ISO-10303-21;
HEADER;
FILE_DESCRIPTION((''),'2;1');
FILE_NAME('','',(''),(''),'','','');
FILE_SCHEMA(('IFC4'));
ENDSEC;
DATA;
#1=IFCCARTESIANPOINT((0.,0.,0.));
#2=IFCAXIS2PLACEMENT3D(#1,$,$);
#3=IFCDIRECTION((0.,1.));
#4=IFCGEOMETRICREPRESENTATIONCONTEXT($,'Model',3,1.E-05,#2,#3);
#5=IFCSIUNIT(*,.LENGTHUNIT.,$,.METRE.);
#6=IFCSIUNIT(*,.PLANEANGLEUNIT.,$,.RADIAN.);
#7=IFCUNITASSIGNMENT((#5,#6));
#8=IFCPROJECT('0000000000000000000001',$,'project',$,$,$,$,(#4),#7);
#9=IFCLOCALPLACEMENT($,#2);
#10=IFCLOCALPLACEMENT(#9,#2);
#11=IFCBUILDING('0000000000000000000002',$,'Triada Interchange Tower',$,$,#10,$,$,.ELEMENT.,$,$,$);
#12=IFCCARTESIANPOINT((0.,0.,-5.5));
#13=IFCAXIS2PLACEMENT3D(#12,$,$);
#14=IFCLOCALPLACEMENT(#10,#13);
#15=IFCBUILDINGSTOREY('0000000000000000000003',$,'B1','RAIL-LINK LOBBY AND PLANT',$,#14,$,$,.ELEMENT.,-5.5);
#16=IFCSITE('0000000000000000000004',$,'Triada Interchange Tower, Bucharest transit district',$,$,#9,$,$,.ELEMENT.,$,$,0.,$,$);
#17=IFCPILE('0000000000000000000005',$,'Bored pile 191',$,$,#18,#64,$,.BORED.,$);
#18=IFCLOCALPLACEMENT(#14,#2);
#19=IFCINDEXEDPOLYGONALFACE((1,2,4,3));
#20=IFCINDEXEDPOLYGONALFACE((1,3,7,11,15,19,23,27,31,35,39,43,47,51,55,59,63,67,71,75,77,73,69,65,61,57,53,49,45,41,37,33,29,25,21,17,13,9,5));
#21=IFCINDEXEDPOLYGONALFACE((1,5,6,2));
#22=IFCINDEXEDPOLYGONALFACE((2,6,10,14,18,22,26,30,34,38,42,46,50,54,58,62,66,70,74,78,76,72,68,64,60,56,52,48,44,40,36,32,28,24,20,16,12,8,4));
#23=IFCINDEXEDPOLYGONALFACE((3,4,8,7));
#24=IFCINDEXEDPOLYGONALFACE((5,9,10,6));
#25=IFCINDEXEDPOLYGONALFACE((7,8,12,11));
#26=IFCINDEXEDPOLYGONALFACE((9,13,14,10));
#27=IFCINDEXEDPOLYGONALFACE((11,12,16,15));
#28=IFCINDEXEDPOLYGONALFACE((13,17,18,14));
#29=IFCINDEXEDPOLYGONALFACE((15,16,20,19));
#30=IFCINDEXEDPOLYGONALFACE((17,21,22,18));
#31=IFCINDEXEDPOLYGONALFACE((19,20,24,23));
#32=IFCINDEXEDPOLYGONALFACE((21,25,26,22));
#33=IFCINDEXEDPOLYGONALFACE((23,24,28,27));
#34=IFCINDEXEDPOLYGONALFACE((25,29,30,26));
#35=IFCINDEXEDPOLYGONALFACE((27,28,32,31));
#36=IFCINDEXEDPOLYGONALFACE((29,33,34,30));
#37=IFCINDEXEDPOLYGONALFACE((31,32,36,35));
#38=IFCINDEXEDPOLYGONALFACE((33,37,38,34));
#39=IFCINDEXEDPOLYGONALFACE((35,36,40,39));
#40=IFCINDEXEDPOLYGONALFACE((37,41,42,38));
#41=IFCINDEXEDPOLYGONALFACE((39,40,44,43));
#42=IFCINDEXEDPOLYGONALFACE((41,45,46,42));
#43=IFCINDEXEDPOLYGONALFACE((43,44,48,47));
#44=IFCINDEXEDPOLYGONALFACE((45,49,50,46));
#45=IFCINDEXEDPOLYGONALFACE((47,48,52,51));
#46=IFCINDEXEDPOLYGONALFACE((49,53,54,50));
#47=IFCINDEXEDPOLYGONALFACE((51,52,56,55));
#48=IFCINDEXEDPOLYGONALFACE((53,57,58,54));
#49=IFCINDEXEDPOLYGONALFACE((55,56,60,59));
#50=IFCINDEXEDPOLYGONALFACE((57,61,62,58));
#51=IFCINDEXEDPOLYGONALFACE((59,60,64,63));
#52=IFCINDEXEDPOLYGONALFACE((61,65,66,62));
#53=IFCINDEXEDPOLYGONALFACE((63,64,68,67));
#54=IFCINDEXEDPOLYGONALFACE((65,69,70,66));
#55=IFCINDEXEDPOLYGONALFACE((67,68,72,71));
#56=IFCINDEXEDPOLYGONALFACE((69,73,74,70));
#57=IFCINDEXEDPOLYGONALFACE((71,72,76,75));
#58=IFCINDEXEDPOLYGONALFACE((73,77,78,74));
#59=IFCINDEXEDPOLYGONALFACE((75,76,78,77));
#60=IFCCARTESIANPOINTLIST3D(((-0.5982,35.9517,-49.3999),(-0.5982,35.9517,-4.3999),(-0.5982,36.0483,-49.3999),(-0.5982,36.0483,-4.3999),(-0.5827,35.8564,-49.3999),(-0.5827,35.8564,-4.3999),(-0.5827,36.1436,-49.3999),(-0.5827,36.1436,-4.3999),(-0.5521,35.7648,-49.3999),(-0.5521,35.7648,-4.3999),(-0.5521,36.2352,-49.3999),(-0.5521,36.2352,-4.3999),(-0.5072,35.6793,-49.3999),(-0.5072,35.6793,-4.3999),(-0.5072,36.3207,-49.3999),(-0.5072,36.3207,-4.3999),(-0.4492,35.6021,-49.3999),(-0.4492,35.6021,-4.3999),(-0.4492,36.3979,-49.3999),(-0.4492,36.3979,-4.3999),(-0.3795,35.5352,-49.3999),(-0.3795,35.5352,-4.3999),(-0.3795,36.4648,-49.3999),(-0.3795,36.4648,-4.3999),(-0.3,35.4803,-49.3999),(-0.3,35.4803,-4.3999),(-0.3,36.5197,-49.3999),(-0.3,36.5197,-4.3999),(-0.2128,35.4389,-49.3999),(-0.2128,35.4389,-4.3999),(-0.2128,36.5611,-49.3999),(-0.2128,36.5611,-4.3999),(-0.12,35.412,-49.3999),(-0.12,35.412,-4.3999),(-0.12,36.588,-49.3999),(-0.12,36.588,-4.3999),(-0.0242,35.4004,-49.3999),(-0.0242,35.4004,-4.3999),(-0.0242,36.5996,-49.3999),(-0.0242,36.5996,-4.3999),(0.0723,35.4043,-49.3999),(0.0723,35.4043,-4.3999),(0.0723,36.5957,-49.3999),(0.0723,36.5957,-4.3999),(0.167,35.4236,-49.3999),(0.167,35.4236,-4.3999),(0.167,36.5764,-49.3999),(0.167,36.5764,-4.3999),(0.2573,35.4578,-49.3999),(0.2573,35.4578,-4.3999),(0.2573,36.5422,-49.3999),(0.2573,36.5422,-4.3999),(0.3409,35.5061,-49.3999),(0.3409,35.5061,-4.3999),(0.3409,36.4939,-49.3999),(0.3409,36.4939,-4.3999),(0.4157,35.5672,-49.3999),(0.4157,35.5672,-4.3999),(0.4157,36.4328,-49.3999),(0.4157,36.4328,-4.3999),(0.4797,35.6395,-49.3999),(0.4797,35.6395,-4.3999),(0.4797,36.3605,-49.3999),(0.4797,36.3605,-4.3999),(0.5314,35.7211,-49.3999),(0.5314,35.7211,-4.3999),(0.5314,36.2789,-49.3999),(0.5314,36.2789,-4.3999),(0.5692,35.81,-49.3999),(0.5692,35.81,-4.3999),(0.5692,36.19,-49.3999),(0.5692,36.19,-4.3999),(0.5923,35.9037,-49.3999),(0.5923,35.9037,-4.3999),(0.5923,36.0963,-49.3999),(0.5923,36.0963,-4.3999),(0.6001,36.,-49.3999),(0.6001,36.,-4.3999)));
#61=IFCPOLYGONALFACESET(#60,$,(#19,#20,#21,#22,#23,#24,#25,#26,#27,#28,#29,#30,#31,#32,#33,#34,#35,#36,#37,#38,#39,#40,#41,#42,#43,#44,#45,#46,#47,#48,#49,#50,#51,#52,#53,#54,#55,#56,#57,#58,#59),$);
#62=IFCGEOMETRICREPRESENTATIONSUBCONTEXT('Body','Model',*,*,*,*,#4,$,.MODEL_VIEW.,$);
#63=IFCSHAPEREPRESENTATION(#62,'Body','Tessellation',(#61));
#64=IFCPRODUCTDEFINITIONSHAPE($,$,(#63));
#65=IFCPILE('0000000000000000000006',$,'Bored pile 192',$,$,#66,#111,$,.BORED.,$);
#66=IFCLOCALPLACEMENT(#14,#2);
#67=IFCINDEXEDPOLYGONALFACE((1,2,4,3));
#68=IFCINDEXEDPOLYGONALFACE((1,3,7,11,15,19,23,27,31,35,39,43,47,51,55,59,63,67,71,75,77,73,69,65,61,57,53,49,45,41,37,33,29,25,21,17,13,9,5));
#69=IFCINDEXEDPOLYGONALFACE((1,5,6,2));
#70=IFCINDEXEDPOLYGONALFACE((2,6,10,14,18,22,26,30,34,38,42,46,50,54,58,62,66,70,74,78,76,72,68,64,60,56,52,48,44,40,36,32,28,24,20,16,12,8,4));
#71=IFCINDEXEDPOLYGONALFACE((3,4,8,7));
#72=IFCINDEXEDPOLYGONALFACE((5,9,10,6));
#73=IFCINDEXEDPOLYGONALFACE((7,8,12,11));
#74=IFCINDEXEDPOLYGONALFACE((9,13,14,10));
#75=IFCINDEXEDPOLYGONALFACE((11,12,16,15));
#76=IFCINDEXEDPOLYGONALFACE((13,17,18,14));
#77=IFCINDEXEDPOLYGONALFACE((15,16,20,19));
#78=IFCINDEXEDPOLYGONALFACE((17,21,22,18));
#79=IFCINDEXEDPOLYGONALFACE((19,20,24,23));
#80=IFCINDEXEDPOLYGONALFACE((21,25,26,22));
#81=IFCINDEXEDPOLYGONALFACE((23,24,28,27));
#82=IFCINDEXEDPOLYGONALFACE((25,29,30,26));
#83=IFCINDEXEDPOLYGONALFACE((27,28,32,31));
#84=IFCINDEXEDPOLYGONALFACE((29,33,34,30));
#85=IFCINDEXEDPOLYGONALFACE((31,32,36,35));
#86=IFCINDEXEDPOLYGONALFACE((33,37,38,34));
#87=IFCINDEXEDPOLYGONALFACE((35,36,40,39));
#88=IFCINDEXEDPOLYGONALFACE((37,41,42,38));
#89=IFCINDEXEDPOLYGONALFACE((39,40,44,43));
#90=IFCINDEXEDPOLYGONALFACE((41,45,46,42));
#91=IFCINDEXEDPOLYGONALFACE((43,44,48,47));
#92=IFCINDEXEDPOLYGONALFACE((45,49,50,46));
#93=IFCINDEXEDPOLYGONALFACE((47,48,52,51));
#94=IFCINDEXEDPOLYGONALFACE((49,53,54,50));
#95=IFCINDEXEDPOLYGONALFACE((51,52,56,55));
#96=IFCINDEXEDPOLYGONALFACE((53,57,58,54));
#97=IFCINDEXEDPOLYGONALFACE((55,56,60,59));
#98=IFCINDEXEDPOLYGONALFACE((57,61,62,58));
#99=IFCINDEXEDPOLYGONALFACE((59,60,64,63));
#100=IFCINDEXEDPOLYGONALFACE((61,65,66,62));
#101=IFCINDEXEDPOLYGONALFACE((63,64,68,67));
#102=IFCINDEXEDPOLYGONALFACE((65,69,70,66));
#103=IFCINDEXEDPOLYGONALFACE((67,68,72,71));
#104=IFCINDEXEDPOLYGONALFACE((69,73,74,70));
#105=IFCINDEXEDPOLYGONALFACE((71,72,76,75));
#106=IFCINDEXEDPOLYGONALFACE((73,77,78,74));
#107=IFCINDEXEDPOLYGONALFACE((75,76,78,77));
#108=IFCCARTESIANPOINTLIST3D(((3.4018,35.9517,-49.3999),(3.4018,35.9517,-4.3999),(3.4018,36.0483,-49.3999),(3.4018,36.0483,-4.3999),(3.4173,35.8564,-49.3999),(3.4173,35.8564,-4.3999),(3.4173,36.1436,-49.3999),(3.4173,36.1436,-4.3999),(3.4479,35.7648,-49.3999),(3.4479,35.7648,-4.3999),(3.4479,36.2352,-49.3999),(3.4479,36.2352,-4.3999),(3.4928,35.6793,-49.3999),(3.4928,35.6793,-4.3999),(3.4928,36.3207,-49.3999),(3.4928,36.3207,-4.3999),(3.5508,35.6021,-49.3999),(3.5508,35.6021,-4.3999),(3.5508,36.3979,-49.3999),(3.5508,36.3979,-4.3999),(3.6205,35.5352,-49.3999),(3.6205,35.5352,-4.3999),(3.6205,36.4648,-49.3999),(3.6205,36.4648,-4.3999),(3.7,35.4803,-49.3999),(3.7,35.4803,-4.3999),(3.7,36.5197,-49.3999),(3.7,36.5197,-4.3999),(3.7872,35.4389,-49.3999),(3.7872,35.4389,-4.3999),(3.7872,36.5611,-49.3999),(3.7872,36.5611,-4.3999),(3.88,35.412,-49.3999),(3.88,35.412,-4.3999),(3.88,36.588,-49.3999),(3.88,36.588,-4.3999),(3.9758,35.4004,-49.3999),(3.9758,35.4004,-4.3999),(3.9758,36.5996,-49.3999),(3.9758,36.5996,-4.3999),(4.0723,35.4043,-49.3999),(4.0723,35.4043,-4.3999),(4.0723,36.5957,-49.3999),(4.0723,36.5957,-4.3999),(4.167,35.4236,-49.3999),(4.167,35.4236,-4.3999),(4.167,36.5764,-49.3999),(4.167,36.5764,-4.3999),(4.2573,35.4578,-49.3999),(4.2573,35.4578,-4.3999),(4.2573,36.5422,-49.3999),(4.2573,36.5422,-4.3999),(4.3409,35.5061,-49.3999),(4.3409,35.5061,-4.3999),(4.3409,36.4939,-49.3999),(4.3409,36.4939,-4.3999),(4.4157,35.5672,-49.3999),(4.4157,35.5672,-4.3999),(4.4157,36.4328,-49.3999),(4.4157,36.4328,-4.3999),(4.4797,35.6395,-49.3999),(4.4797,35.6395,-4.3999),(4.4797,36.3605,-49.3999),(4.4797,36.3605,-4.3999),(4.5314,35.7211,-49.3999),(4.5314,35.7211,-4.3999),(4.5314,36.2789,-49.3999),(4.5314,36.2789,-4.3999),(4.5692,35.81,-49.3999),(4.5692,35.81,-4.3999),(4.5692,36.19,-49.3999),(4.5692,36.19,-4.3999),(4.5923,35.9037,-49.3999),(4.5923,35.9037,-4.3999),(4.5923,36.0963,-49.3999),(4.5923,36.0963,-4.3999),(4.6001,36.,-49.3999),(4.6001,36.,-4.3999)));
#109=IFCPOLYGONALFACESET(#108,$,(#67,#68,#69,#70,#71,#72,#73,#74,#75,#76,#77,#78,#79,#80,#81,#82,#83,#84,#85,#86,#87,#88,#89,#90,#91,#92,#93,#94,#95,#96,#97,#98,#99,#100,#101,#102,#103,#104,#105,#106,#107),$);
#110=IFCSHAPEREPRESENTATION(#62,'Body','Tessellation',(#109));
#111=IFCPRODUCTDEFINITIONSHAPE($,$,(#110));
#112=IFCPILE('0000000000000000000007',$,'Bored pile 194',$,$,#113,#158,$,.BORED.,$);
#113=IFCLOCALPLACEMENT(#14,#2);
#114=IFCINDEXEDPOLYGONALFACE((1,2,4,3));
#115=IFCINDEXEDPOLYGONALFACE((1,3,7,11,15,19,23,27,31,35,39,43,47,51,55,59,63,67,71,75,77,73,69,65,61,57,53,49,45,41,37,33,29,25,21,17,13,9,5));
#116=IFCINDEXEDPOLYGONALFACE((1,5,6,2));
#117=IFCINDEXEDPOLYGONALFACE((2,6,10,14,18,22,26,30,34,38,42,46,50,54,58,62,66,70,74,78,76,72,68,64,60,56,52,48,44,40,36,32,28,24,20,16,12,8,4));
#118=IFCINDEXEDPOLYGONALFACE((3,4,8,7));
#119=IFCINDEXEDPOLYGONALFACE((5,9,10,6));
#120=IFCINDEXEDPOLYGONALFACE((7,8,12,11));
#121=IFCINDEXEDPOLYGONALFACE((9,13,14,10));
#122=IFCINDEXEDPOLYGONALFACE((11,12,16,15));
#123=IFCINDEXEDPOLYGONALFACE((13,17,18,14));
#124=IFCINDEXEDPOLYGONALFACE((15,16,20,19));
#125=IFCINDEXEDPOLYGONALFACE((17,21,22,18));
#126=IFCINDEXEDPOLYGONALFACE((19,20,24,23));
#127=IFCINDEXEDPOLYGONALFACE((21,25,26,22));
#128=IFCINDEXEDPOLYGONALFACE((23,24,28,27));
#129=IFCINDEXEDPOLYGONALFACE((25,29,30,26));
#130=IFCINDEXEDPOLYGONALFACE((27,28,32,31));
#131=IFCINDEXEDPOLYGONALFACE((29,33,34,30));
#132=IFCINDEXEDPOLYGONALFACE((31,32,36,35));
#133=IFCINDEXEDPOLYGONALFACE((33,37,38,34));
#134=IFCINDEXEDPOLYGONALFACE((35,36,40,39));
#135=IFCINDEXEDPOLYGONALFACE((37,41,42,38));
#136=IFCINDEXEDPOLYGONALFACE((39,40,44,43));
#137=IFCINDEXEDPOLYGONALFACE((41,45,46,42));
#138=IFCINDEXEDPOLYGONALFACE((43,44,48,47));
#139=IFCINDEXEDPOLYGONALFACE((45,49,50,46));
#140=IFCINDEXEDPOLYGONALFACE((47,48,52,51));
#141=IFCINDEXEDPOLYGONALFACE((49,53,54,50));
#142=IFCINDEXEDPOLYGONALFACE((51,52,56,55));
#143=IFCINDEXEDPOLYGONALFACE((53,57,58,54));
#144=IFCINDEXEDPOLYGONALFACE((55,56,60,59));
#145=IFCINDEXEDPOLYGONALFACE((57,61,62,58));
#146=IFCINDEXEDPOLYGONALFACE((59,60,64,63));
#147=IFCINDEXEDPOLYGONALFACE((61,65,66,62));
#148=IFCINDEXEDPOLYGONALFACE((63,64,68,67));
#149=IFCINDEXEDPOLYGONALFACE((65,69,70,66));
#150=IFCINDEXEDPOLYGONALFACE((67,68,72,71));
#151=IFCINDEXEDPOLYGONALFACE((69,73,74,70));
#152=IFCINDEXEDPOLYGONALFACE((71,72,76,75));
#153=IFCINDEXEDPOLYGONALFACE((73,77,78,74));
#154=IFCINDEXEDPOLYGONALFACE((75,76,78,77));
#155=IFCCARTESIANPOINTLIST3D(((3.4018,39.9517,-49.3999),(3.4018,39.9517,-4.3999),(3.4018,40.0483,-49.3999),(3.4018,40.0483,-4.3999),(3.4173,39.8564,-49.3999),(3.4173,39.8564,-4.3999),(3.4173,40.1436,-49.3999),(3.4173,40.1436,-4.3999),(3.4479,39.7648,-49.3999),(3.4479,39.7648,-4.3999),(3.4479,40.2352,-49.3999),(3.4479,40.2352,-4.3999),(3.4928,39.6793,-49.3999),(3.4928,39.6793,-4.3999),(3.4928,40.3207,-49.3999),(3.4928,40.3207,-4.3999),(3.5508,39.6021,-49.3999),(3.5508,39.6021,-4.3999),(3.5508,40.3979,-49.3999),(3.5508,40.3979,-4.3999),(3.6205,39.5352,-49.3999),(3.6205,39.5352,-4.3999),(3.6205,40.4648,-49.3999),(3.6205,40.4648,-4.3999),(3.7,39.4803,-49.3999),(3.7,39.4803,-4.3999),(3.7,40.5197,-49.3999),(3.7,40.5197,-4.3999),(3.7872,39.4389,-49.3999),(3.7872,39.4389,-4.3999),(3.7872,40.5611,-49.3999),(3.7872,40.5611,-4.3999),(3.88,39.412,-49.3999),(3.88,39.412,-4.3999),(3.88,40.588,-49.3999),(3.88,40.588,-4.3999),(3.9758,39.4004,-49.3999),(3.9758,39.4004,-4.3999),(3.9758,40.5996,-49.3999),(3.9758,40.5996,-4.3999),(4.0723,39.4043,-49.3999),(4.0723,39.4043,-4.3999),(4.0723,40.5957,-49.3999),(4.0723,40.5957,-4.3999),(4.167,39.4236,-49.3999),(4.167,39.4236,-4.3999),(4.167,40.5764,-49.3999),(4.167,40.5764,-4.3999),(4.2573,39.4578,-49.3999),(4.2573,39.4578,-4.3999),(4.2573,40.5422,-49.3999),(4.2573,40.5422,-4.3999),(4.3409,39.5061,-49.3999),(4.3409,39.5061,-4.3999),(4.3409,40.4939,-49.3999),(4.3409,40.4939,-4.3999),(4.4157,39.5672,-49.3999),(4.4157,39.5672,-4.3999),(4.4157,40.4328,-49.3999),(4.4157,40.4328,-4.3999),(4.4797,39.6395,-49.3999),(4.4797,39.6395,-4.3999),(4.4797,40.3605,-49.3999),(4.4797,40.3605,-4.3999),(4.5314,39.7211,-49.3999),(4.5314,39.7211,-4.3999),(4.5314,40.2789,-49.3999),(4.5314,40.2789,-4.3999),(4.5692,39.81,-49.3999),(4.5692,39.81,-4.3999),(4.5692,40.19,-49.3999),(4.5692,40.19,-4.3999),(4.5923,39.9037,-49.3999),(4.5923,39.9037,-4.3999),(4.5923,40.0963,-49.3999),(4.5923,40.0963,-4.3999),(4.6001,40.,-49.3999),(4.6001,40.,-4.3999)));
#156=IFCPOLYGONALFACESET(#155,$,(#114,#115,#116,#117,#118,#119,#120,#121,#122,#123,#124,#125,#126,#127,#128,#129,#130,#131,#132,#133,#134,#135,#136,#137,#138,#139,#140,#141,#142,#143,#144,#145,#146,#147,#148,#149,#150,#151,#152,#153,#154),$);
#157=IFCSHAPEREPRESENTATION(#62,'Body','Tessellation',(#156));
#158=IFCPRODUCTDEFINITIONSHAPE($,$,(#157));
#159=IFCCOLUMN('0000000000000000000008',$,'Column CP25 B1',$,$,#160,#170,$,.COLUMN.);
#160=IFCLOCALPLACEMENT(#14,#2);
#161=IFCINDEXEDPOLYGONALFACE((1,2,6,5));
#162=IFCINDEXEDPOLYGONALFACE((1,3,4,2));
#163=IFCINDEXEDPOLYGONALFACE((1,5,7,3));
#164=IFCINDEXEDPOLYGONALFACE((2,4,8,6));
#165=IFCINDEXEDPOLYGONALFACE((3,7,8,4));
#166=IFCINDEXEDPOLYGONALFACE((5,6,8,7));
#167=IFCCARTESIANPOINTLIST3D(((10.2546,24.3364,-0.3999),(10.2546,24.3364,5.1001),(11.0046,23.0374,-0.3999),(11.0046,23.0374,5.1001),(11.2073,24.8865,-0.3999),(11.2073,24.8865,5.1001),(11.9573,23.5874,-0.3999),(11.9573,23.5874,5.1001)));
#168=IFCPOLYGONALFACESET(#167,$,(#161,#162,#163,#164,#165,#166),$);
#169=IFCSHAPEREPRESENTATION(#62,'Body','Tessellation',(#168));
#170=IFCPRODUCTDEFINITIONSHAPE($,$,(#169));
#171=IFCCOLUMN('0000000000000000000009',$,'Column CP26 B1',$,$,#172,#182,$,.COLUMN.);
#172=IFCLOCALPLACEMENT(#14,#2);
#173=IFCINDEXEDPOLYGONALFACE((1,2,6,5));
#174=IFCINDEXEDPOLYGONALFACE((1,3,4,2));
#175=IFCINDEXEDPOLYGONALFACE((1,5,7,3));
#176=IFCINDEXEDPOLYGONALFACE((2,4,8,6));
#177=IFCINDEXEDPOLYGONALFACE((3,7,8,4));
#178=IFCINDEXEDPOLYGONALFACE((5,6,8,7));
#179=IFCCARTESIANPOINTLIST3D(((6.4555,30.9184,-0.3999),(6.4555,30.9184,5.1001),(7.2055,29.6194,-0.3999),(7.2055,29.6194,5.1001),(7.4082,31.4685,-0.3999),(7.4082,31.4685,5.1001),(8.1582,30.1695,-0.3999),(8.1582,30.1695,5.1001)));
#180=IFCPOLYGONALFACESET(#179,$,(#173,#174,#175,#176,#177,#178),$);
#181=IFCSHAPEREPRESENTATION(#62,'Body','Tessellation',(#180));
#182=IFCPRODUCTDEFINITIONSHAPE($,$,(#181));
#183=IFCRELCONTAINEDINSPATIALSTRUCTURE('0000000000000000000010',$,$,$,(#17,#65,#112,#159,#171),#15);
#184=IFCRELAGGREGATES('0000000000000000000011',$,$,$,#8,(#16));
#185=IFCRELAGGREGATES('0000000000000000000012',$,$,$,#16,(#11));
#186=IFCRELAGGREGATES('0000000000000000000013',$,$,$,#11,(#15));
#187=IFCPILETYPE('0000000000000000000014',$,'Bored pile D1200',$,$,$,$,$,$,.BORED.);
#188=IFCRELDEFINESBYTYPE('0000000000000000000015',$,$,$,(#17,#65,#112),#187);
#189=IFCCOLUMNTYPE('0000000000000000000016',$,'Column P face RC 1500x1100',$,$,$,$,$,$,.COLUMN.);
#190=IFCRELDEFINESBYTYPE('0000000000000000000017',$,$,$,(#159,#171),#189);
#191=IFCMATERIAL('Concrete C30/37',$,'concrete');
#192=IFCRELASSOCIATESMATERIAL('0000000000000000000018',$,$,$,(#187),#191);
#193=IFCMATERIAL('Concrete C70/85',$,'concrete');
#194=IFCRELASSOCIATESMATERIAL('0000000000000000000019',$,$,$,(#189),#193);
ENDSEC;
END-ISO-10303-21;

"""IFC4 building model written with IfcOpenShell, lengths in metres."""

from ifc_helpers import new_model, si_unit, direction, frame, origin, origin_2d, place, context, subcontext, project, spatial, rectangle, circle, extrude, material, material_profile, profile_set, type_object, element, save


model = new_model("IFC4")

# Units and contexts
model_context = context("Model", 3, precision=1e-05, world=origin(), true_north=direction((0.0, 1.0)))
body_context = subcontext(model_context, "Body", "Model", "MODEL_VIEW")
ifc_project = project(units=[si_unit("LENGTHUNIT", "METRE"), si_unit("PLANEANGLEUNIT", "RADIAN")], contexts=[model_context])

# Site, building, storey
site_placement = place(None, origin())
site = spatial("IfcSite", under=ifc_project, at=site_placement, Name="Triada Interchange Tower, Bucharest transit district", CompositionType="ELEMENT", RefElevation=0.0)
building_placement = place(site_placement, origin())
building = spatial("IfcBuilding", under=site, at=building_placement, Name="Triada Interchange Tower", CompositionType="ELEMENT")
storey_placement = place(building_placement, frame((0.0, 0.0, -5.5)))
storey = spatial("IfcBuildingStorey", under=building, at=storey_placement, Name="B1", Description="RAIL-LINK LOBBY AND PLANT", CompositionType="ELEMENT", Elevation=-5.5)

# Piles
ifc_material_1 = material(Name="Concrete C30/37", Category="concrete")
ifc_material_profile_1 = material_profile(ifc_material_1, circle(Radius=0.6001, at=origin_2d()), Name="RC D1200")
ifc_profile_set_1 = profile_set([ifc_material_profile_1], Name="Concrete C30/37")
pile_type = type_object("IfcPileType", Name="Bored pile D1200", PredefinedType="BORED", material=ifc_profile_set_1)
for number, where, z_axis, x_axis, name in (
    (1, (0.0, 36.0, -4.3999), (0.0, 0.0, -1.0), (1.0, 0.0, 0.0), "Bored pile 191"),
    (2, (4.0, 36.0, -4.3999), (0.0, 0.0, -1.0), (1.0, 0.0, 0.0), "Bored pile 192"),
    (3, (4.0, 40.0, -4.3999), (0.0, 0.0, -1.0), (1.0, 0.0, 0.0), "Bored pile 194"),
):
    element("IfcPile", number, at=place(storey_placement, frame(where, z_axis=z_axis, x_axis=x_axis)), inside=storey, type_object=pile_type, Name=name, PredefinedType="BORED", context=body_context, shape_type="SweptSolid", body=[
        extrude(circle(Radius=0.6001, at=origin_2d()), origin(), (0.0, 0.0, 1.0), 45.0),
    ])

# Columns
ifc_material_2 = material(Name="Concrete C70/85", Category="concrete")
ifc_material_profile_2 = material_profile(ifc_material_2, rectangle(XDim=1.5, YDim=1.1001, at=origin_2d()), Name="RC 1500x1100")
ifc_profile_set_2 = profile_set([ifc_material_profile_2], Name="Concrete C70/85")
column_type_1 = type_object("IfcColumnType", Name="Column P face RC 1500x1100", PredefinedType="COLUMN", material=ifc_profile_set_2)
for number, where, z_axis, x_axis, name in (
    (4, (11.106, 23.9619, -0.3999), (0.0, 0.0, 1.0), (-0.5, 0.866025, 0.0), "Column CP25 B1"),
    (5, (7.3069, 30.5439, -0.3999), (0.0, 0.0, 1.0), (-0.5, 0.866025, 0.0), "Column CP26 B1"),
):
    element("IfcColumn", number, at=place(storey_placement, frame(where, z_axis=z_axis, x_axis=x_axis)), inside=storey, type_object=column_type_1, Name=name, PredefinedType="COLUMN", context=body_context, shape_type="SweptSolid", body=[
        extrude(rectangle(XDim=1.5, YDim=1.1001, at=origin_2d()), origin(), (0.0, 0.0, 1.0), 5.5),
    ])

save(model, "model.ifc")
